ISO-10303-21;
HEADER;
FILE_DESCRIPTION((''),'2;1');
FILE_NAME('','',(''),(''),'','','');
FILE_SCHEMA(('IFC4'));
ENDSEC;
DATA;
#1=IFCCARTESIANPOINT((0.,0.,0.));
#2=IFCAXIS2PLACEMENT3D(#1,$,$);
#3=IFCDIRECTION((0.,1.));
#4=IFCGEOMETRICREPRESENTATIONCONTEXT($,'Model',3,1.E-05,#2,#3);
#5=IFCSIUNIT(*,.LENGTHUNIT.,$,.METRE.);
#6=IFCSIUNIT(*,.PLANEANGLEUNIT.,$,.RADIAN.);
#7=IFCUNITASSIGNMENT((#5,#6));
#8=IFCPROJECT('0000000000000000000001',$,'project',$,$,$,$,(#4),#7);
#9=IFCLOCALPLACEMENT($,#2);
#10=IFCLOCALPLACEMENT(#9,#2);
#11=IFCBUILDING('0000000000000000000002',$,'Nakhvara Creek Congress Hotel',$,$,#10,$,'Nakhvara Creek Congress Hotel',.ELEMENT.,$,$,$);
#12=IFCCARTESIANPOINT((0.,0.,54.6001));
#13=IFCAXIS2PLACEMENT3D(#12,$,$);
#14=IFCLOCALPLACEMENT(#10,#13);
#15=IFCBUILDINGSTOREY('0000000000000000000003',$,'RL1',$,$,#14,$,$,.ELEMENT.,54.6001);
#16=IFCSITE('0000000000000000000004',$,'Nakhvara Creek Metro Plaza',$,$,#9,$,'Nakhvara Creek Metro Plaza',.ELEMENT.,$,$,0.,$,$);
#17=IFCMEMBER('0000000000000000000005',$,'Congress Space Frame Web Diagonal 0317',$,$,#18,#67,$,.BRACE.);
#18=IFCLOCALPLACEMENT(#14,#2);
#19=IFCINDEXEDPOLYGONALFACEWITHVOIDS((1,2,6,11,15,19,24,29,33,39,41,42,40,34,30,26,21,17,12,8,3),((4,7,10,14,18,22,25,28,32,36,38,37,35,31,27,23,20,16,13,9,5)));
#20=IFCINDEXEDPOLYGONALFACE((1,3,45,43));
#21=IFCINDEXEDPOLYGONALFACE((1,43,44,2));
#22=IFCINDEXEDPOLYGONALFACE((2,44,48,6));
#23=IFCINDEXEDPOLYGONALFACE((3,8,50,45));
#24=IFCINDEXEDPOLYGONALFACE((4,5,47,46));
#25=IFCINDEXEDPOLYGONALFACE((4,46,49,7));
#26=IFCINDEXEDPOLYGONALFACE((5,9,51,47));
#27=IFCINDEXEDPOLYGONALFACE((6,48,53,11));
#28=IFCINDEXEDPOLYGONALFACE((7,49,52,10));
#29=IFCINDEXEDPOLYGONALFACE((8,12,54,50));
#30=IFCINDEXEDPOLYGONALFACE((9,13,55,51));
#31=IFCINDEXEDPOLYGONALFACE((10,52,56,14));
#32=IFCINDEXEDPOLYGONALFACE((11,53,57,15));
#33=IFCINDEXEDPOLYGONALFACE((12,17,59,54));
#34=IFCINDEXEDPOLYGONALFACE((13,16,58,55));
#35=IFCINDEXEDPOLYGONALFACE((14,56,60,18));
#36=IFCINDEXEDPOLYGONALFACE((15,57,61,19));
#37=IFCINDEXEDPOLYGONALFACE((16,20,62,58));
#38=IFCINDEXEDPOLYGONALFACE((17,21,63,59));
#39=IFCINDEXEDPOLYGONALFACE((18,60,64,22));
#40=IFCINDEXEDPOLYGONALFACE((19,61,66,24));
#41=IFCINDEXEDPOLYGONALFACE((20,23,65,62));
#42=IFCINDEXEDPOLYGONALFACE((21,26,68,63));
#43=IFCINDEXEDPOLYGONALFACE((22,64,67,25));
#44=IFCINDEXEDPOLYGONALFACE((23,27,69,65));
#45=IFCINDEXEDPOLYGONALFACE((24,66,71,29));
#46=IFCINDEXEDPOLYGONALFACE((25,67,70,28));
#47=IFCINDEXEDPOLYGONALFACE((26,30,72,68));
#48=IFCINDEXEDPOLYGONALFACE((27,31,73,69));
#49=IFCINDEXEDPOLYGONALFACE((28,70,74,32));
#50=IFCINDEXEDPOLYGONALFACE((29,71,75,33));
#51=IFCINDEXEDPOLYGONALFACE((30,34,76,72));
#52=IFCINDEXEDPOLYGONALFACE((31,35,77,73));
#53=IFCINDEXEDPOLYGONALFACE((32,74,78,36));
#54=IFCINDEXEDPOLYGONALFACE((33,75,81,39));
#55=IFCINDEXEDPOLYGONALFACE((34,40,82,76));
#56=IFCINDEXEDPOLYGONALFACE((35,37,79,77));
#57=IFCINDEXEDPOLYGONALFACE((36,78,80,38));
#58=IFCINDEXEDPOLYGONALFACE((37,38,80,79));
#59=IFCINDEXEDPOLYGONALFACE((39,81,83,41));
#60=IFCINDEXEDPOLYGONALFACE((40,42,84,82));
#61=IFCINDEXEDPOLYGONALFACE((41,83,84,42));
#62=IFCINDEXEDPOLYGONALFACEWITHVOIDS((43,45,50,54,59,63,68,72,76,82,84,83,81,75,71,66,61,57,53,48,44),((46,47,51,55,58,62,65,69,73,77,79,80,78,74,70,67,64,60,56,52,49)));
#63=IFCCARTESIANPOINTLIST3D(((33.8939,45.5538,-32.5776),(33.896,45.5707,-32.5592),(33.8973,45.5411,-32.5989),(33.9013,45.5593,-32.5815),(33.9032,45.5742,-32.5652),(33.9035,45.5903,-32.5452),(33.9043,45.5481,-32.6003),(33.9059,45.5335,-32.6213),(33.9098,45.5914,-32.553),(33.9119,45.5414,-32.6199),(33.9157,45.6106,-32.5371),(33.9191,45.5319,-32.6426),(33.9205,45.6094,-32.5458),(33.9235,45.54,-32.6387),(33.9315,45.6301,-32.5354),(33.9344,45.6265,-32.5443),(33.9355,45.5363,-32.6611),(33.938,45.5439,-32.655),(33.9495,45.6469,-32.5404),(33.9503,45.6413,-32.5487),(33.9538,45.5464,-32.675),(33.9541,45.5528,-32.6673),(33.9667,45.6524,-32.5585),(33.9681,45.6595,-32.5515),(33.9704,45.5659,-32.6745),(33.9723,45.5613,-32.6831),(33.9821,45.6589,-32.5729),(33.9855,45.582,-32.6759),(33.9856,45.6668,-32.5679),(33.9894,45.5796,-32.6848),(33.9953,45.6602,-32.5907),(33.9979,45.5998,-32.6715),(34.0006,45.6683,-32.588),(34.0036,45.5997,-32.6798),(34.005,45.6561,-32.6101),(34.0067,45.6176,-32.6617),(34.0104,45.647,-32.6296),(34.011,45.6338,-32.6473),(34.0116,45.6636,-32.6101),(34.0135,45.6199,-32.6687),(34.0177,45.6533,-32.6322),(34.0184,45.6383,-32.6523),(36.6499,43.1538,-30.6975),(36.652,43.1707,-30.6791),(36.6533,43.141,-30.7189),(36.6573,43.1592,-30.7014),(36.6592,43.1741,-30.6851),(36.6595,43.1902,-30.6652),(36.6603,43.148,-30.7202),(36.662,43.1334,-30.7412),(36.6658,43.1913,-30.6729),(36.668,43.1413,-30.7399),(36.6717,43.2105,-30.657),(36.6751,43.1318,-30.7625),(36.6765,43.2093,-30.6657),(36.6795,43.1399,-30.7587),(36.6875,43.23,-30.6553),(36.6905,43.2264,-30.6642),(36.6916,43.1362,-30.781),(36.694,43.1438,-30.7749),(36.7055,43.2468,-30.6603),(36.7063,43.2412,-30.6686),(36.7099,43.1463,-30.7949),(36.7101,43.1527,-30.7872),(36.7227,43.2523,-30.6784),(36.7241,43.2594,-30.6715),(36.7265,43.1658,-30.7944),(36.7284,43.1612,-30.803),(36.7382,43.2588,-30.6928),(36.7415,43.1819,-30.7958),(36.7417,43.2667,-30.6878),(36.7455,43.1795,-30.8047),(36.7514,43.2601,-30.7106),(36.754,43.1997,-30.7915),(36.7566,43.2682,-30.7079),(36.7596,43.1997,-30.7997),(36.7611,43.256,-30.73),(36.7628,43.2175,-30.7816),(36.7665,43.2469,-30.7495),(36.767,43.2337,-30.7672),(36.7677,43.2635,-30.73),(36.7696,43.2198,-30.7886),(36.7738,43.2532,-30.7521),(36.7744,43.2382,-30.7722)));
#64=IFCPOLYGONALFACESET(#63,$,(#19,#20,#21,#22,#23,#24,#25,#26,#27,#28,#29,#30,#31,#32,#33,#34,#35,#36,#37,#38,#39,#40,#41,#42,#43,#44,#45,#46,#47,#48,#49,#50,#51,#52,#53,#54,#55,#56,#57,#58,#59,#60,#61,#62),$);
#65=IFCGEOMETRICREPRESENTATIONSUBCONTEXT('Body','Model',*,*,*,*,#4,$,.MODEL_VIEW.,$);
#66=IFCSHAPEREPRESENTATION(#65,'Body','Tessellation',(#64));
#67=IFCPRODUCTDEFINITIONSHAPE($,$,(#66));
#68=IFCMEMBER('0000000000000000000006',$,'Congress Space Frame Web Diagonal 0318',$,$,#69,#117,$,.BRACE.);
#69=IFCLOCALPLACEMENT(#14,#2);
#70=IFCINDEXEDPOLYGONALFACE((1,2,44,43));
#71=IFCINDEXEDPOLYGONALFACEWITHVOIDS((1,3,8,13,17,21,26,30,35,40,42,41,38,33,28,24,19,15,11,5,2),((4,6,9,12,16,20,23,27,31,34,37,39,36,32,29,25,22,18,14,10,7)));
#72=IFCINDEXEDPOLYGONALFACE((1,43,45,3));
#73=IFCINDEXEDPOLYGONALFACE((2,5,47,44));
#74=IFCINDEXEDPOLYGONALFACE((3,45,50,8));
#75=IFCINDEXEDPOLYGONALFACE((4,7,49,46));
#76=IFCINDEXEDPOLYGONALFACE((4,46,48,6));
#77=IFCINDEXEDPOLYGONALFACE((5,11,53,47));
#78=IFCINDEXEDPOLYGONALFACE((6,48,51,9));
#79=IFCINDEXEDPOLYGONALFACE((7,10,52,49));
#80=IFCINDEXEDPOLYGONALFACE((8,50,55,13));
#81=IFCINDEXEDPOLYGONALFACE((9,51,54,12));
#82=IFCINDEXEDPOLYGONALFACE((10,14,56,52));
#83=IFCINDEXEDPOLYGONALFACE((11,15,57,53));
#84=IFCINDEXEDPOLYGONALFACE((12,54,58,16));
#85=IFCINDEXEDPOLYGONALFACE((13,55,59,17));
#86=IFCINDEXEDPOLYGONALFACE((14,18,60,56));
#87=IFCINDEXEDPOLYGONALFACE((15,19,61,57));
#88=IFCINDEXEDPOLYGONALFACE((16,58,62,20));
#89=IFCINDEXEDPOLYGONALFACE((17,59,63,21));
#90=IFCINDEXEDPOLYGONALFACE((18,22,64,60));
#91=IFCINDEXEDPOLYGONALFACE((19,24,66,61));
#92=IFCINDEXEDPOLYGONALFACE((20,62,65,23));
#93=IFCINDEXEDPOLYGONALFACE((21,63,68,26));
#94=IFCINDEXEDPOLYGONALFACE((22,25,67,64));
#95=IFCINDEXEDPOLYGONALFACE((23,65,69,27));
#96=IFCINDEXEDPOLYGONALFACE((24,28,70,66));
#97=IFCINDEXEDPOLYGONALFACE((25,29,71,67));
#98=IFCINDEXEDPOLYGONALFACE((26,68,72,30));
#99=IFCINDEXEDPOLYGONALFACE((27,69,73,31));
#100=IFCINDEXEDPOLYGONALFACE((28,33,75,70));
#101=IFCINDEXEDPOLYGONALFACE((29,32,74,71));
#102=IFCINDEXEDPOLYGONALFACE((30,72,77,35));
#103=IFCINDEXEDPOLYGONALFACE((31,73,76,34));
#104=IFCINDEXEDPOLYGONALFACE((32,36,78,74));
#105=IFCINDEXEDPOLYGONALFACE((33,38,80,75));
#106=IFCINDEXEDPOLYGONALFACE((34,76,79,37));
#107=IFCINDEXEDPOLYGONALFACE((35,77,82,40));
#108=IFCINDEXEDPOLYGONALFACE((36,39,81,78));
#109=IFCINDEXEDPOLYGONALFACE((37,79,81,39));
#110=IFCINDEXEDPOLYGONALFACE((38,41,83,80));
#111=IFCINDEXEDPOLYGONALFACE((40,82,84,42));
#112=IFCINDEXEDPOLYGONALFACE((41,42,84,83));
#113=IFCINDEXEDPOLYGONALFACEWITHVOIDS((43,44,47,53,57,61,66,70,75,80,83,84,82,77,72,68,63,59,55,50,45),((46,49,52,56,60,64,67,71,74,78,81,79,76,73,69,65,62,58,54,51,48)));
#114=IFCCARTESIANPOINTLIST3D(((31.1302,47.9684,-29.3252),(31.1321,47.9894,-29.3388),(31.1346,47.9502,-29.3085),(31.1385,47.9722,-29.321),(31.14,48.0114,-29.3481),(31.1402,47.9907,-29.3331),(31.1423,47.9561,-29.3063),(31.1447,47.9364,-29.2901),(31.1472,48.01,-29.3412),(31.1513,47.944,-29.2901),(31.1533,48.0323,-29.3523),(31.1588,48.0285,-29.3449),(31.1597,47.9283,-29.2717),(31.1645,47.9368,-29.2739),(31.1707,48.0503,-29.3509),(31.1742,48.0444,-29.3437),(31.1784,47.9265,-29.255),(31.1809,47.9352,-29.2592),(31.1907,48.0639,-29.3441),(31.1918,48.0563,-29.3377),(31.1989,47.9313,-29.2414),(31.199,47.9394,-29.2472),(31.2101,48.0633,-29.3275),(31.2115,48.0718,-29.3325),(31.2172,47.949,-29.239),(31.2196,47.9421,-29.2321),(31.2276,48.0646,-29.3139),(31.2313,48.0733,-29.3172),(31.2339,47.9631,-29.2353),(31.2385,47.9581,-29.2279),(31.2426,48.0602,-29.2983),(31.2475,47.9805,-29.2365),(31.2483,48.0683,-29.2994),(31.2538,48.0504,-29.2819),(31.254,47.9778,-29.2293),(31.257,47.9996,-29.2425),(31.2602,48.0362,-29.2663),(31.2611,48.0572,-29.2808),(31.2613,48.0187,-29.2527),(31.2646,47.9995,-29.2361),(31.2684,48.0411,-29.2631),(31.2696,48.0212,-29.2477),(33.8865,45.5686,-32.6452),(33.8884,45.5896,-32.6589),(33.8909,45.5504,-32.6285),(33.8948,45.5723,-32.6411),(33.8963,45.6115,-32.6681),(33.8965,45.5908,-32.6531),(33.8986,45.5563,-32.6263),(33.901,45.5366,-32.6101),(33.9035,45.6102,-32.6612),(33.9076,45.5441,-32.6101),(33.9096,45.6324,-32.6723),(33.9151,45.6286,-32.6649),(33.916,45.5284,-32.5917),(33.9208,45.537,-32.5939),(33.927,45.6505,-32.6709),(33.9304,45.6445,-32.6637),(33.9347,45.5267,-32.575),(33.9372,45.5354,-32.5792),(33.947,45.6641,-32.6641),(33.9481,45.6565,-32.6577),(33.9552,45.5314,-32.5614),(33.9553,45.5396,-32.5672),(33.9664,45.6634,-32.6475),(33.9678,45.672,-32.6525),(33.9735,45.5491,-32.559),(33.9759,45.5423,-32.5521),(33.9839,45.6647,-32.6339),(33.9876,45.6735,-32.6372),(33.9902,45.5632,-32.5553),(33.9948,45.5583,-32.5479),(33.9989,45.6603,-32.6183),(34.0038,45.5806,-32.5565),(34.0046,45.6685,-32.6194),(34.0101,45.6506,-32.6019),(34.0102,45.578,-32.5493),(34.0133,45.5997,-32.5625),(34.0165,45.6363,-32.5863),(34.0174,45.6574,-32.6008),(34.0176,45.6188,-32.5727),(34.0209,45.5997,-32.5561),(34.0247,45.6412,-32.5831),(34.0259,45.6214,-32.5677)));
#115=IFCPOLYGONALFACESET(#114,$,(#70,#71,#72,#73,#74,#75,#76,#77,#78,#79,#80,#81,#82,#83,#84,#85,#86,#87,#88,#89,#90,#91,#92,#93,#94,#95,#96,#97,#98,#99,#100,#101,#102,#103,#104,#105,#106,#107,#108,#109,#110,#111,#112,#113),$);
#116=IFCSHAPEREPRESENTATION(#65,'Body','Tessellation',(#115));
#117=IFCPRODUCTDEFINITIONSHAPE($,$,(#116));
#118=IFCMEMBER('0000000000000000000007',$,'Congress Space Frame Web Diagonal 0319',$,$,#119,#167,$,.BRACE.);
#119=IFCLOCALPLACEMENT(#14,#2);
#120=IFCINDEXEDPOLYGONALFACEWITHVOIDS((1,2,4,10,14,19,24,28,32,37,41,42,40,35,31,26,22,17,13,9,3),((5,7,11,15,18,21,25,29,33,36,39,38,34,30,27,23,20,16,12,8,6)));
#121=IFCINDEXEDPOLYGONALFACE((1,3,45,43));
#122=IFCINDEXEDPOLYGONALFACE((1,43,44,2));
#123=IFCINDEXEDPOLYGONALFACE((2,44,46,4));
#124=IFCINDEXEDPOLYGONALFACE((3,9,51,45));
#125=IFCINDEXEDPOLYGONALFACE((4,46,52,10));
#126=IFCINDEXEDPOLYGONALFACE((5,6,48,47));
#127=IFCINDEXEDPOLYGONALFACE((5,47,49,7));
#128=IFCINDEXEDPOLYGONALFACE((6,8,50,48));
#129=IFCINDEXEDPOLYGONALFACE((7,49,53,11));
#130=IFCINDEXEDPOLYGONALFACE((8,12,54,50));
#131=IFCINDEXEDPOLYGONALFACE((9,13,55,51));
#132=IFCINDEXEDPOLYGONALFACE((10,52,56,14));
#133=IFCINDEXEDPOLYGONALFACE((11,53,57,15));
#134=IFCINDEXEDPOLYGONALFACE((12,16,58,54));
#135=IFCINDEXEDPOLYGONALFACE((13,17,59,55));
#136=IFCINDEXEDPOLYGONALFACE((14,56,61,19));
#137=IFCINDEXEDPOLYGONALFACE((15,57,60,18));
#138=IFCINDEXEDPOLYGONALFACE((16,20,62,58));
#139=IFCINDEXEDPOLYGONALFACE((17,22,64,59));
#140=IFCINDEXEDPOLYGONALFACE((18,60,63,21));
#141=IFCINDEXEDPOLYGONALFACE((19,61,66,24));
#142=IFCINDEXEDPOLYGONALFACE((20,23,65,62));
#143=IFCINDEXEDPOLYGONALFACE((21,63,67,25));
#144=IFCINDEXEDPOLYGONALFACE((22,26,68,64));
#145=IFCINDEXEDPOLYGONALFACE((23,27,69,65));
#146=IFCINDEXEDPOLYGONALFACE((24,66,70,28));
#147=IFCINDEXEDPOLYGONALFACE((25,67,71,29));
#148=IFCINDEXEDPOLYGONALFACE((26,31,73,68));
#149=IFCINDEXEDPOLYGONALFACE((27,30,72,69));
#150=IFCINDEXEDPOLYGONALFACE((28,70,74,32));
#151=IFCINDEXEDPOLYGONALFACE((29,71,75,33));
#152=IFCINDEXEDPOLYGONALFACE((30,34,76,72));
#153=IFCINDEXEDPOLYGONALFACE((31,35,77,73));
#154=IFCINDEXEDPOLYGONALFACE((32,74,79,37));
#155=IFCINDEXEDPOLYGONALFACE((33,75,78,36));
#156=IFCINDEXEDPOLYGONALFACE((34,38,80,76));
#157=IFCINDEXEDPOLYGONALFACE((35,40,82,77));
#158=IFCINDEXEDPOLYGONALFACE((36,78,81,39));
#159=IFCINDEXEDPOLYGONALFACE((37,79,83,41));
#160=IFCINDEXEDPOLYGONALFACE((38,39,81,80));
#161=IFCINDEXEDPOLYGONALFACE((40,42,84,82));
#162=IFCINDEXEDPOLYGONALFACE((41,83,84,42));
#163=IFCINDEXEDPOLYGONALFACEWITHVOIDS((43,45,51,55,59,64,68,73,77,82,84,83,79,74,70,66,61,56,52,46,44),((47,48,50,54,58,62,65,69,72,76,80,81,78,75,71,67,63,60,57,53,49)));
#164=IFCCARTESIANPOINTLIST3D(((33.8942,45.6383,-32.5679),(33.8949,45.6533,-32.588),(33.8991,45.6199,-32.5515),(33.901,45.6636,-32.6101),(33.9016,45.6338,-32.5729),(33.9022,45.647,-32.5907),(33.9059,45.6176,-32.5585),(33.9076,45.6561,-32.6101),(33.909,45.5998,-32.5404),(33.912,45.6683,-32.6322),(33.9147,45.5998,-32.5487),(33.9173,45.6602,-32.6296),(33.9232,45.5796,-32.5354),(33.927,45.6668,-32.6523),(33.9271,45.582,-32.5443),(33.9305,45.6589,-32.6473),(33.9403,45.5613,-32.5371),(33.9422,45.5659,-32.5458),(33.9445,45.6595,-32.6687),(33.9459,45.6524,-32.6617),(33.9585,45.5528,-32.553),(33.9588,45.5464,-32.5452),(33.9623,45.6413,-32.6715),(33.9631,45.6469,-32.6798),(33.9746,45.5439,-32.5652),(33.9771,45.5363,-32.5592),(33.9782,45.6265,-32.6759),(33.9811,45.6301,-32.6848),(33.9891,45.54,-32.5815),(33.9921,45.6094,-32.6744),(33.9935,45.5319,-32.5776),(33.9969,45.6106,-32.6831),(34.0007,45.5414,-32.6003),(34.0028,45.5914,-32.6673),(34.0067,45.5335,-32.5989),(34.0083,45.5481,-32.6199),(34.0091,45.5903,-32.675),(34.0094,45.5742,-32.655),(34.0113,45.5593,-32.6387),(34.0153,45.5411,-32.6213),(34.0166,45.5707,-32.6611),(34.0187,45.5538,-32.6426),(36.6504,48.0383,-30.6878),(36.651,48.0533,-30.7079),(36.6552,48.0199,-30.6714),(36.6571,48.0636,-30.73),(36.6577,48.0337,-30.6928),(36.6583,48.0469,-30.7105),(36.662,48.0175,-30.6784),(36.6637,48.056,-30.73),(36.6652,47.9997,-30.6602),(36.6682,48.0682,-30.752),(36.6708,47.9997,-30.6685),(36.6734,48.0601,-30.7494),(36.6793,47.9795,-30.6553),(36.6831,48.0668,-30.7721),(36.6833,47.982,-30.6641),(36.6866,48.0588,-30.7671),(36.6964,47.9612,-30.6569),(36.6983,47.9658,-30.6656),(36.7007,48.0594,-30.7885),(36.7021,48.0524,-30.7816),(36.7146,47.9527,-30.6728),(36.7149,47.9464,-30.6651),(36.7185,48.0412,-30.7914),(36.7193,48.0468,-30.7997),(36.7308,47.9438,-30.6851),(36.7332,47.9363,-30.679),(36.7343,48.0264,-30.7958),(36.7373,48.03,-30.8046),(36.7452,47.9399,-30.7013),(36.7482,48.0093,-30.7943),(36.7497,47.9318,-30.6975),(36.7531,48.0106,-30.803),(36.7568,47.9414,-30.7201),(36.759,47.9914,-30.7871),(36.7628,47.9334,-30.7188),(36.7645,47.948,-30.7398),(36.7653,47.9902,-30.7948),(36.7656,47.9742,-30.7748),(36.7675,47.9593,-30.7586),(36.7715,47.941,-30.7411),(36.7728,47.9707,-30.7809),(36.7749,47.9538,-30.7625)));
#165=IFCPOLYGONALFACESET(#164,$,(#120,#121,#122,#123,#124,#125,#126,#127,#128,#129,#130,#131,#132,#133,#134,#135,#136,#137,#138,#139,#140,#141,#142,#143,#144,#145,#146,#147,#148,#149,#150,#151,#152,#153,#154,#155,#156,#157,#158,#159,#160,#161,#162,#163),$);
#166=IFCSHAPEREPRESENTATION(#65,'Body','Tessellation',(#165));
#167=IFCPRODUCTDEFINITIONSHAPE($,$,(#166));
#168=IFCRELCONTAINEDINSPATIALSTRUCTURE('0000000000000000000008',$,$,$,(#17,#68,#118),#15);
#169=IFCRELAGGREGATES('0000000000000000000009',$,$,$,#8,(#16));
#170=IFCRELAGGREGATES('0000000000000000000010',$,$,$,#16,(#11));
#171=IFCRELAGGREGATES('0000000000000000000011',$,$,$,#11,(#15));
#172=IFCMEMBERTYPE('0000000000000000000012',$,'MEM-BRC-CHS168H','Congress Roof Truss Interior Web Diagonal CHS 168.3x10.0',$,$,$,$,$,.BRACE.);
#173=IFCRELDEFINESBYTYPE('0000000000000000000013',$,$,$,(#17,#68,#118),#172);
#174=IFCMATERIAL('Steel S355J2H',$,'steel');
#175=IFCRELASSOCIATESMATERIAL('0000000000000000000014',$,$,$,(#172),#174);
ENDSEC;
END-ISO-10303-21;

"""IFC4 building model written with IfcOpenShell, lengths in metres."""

from ifc_helpers import new_model, si_unit, direction, frame, origin, origin_2d, place, context, subcontext, project, spatial, hollow_circle, extrude, material, material_profile, profile_set, type_object, element, save


model = new_model("IFC4")

# Units and contexts
model_context = context("Model", 3, precision=1e-05, world=origin(), true_north=direction((0.0, 1.0)))
body_context = subcontext(model_context, "Body", "Model", "MODEL_VIEW")
ifc_project = project(units=[si_unit("LENGTHUNIT", "METRE"), si_unit("PLANEANGLEUNIT", "RADIAN")], contexts=[model_context])

# Site, building, storey
site_placement = place(None, origin())
site = spatial("IfcSite", under=ifc_project, at=site_placement, Name="Nakhvara Creek Metro Plaza", LongName="Nakhvara Creek Metro Plaza", CompositionType="ELEMENT", RefElevation=0.0)
building_placement = place(site_placement, origin())
building = spatial("IfcBuilding", under=site, at=building_placement, Name="Nakhvara Creek Congress Hotel", LongName="Nakhvara Creek Congress Hotel", CompositionType="ELEMENT")
storey_placement = place(building_placement, frame((0.0, 0.0, 54.6001)))
storey = spatial("IfcBuildingStorey", under=building, at=storey_placement, Name="RL1", CompositionType="ELEMENT", Elevation=54.6001)

# Members
ifc_material_1 = material(Name="Steel S355J2H", Category="steel")
ifc_material_profile_1 = material_profile(ifc_material_1, hollow_circle(Radius=0.0842, WallThickness=0.01, at=origin_2d()), Name="CHS 168.3x10.0", Category="LoadBearing")
ifc_profile_set_1 = profile_set([ifc_material_profile_1], Name="Steel S355J2H")
member_type_1 = type_object("IfcMemberType", Name="MEM-BRC-CHS168H", Description="Congress Roof Truss Interior Web Diagonal CHS 168.3x10.0", PredefinedType="BRACE", material=ifc_profile_set_1)
member_1_placement = place(storey_placement, frame((33.9563, 45.6001, -32.6101), z_axis=(0.670593, -0.583984, 0.457457), x_axis=(0.656729, 0.754126, 0.0)))
element("IfcMember", 1, at=member_1_placement, inside=storey, type_object=member_type_1, Name="Congress Space Frame Web Diagonal 0317", PredefinedType="BRACE", context=body_context, shape_type="SweptSolid", body=[
    extrude(hollow_circle(Radius=0.0842, WallThickness=0.01, at=origin_2d()), origin(), (0.0, 0.0, 1.0), 4.1099),
])
member_2_placement = place(storey_placement, frame((33.9563, 45.6001, -32.6101), z_axis=(-0.558237, 0.486047, 0.672406), x_axis=(-0.656658, -0.754188, 0.0)))
element("IfcMember", 2, at=member_2_placement, inside=storey, type_object=member_type_1, Name="Congress Space Frame Web Diagonal 0318", PredefinedType="BRACE", context=body_context, shape_type="SweptSolid", body=[
    extrude(hollow_circle(Radius=0.0842, WallThickness=0.01, at=origin_2d()), origin(), (0.0, 0.0, 1.0), 4.9375),
])
member_3_placement = place(storey_placement, frame((33.9563, 45.6001, -32.6101), z_axis=(0.670616, 0.583945, 0.457473), x_axis=(-0.656691, 0.75416, 0.0)))
element("IfcMember", 3, at=member_3_placement, inside=storey, type_object=member_type_1, Name="Congress Space Frame Web Diagonal 0319", PredefinedType="BRACE", context=body_context, shape_type="SweptSolid", body=[
    extrude(hollow_circle(Radius=0.0842, WallThickness=0.01, at=origin_2d()), origin(), (0.0, 0.0, 1.0), 4.1099),
])

save(model, "model.ifc")
